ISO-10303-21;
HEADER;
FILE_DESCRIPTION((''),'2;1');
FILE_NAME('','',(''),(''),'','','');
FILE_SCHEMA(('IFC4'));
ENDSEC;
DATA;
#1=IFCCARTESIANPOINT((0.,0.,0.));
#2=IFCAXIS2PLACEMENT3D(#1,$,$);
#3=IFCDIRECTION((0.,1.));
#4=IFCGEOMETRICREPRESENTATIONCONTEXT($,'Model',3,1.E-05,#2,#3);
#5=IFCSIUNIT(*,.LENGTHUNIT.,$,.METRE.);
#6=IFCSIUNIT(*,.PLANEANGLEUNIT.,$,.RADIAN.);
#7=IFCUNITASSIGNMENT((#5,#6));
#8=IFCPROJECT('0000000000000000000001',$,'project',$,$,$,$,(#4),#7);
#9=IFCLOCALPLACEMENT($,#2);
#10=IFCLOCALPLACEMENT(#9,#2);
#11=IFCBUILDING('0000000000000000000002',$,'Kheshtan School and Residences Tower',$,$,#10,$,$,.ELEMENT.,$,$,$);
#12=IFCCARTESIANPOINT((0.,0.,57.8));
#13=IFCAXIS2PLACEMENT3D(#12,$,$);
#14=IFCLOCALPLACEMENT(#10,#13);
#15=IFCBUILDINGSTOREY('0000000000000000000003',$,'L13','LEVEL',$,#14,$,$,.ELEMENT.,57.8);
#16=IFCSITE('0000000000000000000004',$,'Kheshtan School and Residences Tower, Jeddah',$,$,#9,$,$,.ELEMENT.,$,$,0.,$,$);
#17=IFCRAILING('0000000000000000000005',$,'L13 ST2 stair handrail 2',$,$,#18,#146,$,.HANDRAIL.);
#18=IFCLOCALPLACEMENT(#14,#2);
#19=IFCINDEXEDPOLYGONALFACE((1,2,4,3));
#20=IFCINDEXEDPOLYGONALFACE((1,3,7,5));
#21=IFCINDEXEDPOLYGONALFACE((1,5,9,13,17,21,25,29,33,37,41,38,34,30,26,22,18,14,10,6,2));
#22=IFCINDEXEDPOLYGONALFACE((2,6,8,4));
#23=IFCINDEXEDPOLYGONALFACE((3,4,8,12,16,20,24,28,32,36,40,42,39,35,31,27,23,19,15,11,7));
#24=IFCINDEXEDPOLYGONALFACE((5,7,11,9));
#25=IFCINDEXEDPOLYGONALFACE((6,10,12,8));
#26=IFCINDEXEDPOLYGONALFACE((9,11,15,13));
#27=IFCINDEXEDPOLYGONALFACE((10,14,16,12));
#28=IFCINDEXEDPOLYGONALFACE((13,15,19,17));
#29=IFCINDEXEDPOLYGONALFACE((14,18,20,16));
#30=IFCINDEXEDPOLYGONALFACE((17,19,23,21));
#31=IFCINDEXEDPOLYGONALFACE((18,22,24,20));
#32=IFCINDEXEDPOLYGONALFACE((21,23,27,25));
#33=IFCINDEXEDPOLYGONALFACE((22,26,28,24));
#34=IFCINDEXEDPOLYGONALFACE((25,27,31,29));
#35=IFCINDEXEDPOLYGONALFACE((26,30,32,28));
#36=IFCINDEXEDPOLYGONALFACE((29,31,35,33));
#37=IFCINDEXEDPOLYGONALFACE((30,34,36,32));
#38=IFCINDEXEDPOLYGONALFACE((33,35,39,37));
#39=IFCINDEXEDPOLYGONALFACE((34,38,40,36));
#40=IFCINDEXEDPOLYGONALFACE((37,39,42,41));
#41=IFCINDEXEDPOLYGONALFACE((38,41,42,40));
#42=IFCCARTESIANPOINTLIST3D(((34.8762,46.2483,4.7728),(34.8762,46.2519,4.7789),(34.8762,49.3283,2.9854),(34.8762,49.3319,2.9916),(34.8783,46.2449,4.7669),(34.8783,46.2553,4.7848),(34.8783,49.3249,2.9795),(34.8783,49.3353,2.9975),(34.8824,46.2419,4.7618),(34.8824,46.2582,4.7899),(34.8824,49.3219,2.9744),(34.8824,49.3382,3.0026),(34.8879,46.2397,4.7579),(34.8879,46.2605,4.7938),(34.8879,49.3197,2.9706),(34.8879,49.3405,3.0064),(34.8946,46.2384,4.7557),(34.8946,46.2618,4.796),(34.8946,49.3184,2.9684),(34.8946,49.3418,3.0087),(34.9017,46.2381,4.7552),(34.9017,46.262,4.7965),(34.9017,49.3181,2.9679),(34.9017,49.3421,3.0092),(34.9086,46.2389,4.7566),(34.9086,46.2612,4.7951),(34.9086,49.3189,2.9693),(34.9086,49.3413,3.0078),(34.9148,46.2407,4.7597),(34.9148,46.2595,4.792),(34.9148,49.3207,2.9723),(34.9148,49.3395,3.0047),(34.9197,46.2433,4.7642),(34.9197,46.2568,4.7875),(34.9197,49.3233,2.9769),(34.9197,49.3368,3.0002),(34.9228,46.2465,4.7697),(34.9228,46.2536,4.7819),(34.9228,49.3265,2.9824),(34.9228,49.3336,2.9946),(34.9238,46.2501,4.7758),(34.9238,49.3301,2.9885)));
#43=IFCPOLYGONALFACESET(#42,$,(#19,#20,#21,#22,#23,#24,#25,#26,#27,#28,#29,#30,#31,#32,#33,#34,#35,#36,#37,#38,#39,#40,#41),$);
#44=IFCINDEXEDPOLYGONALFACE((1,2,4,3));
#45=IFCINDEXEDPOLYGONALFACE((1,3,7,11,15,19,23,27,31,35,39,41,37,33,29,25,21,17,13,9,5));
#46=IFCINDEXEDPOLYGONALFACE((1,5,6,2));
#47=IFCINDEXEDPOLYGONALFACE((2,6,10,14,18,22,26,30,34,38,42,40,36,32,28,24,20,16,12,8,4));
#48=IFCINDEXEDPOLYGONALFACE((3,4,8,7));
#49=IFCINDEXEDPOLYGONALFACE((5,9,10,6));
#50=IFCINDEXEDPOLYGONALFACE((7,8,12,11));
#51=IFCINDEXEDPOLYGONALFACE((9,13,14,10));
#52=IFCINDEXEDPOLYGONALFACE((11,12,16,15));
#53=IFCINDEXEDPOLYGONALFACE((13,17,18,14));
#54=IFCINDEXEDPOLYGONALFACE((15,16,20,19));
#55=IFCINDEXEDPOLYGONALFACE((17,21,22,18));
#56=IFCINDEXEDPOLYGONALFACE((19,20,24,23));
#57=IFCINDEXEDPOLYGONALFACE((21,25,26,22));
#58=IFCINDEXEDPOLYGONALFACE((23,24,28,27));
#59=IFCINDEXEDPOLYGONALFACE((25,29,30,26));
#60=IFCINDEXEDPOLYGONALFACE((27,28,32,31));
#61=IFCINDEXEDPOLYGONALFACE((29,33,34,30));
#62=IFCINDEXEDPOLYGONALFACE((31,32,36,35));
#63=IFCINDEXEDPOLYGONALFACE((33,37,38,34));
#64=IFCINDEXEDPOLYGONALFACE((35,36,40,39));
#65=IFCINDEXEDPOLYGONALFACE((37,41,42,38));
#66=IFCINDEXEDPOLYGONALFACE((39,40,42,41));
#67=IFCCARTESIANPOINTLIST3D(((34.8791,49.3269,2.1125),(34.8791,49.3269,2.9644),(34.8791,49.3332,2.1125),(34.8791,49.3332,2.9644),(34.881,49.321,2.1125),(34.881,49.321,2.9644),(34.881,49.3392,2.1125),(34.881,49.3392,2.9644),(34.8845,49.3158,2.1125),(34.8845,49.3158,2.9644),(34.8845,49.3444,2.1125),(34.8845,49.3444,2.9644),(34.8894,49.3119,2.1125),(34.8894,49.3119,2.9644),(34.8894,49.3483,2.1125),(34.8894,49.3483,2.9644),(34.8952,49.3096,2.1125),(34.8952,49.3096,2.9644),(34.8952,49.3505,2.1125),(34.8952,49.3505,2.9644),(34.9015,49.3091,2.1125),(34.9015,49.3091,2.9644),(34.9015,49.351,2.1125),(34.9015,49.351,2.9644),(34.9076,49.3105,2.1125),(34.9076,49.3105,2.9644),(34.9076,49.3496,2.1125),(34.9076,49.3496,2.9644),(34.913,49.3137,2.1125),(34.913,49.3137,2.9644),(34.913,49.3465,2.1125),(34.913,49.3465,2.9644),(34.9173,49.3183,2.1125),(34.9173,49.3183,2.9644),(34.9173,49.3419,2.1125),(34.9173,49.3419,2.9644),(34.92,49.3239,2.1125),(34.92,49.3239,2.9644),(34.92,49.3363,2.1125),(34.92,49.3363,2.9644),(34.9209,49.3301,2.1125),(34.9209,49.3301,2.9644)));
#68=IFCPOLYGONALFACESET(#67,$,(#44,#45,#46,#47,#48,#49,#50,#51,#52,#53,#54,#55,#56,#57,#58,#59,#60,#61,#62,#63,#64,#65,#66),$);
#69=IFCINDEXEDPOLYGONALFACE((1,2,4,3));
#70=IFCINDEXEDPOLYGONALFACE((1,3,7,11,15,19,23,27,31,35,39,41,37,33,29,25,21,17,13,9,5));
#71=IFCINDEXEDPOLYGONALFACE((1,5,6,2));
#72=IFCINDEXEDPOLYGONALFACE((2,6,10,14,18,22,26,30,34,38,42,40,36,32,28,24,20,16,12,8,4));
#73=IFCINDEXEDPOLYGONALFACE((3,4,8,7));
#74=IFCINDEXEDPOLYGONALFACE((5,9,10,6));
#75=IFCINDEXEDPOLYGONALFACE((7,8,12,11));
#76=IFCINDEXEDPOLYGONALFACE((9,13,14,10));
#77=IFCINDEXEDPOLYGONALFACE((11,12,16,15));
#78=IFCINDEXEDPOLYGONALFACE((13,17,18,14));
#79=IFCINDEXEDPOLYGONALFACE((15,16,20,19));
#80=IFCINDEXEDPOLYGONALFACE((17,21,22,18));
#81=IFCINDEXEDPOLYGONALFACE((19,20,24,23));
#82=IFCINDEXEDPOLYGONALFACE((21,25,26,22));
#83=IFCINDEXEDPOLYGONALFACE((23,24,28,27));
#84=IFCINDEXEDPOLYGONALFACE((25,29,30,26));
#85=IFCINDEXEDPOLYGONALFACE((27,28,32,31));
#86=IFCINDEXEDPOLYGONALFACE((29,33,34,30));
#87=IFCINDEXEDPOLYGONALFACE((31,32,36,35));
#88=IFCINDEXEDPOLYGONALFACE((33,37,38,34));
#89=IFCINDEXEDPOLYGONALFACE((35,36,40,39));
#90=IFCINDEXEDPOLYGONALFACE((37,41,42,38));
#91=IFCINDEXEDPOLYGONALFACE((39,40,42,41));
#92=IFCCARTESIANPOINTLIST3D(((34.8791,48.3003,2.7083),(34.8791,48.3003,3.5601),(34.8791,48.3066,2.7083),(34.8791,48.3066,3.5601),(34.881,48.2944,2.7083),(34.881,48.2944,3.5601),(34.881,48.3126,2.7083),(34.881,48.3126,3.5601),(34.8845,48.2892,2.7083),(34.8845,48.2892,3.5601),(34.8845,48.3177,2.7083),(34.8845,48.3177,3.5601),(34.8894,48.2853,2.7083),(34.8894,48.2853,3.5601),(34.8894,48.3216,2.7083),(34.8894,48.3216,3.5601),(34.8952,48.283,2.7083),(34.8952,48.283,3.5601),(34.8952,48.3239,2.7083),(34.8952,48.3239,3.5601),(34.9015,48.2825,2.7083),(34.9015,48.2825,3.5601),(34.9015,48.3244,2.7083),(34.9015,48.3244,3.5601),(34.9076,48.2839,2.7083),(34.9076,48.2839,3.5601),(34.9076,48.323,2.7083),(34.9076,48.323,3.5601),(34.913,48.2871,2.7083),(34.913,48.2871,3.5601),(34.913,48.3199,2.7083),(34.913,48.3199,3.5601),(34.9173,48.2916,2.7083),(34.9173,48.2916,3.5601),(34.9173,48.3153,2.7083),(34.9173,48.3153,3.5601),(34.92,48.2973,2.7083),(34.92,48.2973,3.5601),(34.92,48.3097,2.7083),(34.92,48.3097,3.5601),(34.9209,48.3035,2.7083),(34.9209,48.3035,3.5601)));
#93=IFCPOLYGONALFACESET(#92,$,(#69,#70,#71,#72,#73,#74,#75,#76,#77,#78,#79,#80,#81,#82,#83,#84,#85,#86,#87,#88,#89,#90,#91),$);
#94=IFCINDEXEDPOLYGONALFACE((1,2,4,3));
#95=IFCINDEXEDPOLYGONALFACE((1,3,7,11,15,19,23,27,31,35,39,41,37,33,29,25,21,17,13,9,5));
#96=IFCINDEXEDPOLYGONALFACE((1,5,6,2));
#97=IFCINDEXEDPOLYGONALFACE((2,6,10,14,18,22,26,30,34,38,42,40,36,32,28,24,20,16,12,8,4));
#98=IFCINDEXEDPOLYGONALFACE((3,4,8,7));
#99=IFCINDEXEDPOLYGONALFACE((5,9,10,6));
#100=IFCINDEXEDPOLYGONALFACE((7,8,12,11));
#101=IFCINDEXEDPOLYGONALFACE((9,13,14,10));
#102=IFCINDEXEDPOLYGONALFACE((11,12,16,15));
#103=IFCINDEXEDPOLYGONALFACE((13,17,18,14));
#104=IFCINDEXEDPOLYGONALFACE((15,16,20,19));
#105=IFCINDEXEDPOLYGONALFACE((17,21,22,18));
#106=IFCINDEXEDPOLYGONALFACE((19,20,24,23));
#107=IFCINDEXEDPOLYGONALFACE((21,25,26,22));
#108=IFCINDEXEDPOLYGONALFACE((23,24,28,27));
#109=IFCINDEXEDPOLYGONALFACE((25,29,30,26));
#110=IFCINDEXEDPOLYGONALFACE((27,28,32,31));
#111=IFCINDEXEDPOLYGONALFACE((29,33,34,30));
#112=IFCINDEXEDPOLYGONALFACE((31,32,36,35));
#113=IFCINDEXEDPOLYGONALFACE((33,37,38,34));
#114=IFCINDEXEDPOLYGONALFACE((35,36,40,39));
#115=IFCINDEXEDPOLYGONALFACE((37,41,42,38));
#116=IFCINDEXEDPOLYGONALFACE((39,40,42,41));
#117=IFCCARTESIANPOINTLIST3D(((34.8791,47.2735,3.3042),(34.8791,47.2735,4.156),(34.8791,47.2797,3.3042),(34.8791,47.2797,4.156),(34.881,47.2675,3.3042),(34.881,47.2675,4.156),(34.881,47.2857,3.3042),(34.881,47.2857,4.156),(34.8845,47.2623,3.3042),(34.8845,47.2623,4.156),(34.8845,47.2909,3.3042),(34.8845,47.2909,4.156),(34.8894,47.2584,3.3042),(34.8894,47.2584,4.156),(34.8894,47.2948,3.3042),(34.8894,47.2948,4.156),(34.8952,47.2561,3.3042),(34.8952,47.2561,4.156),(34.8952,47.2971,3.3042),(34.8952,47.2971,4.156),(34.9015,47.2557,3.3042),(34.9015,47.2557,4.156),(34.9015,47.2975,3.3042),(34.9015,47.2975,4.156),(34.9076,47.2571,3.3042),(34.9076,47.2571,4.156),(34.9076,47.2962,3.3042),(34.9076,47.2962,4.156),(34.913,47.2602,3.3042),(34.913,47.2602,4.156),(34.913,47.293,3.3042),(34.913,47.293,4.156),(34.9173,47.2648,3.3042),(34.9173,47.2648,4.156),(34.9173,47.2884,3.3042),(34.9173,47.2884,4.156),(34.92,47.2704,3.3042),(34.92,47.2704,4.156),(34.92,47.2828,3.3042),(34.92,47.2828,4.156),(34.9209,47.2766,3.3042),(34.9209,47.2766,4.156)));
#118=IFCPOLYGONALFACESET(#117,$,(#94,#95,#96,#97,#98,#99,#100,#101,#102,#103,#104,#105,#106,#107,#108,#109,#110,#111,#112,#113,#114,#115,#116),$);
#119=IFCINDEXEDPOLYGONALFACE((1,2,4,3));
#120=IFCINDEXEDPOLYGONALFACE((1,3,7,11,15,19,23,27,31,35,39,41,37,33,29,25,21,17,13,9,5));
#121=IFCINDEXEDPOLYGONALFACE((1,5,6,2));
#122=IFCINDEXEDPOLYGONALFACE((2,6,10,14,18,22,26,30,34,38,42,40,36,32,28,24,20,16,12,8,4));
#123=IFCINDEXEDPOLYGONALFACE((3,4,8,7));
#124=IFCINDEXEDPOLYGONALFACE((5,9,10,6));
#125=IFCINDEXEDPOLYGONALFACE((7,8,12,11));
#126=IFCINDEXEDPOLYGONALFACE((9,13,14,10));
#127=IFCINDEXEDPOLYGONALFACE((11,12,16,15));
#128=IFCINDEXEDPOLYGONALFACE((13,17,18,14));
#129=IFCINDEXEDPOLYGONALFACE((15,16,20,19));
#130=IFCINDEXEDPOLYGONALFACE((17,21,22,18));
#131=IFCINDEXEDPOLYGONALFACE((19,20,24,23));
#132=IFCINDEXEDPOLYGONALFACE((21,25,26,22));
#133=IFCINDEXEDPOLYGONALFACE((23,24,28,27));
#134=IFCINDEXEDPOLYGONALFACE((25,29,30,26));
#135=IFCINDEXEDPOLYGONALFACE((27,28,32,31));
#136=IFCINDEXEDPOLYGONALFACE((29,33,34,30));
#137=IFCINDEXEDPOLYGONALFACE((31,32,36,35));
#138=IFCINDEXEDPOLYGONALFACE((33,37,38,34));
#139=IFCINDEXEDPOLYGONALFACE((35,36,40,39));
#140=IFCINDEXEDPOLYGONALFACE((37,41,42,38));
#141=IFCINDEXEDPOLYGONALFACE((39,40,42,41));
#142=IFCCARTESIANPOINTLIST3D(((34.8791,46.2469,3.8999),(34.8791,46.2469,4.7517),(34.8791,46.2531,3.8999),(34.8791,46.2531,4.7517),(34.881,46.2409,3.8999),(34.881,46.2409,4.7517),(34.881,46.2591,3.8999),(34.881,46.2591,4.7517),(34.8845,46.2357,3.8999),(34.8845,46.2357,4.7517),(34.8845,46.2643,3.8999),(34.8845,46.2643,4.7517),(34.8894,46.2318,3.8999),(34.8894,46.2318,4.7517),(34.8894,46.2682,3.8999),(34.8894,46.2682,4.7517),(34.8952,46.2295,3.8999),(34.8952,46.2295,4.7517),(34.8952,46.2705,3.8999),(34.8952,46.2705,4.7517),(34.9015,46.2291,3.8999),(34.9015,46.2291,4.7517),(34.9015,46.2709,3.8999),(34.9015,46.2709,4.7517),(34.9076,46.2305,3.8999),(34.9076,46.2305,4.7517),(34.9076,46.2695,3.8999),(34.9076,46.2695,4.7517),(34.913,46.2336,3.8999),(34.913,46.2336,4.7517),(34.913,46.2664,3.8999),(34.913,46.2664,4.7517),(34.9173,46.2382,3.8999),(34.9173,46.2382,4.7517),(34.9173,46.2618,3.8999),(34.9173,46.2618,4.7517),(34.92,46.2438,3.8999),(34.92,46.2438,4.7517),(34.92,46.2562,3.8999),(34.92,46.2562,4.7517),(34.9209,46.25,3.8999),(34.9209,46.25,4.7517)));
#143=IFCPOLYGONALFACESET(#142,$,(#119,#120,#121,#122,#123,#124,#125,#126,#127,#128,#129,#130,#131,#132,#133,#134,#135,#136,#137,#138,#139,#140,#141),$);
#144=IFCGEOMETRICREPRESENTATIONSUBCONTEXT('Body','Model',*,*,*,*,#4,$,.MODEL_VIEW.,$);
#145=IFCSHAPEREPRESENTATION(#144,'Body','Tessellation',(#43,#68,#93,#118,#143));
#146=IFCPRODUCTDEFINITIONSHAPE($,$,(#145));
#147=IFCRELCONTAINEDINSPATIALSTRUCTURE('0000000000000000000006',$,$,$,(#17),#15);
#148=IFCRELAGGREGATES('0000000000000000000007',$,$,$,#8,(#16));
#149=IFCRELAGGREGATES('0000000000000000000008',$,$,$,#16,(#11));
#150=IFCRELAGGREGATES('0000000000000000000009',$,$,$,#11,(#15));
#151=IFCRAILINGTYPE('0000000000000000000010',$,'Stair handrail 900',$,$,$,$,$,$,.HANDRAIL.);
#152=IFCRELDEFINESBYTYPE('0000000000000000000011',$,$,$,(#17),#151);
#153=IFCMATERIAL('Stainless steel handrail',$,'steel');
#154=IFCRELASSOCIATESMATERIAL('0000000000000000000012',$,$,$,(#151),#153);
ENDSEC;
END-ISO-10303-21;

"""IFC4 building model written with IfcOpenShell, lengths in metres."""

from ifc_helpers import new_model, si_unit, direction, frame, origin, origin_2d, place, context, subcontext, project, spatial, circle, extrude, material, type_object, element, save


model = new_model("IFC4")

# Units and contexts
model_context = context("Model", 3, precision=1e-05, world=origin(), true_north=direction((0.0, 1.0)))
body_context = subcontext(model_context, "Body", "Model", "MODEL_VIEW")
ifc_project = project(units=[si_unit("LENGTHUNIT", "METRE"), si_unit("PLANEANGLEUNIT", "RADIAN")], contexts=[model_context])

# Site, building, storey
site_placement = place(None, origin())
site = spatial("IfcSite", under=ifc_project, at=site_placement, Name="Kheshtan School and Residences Tower, Jeddah", CompositionType="ELEMENT", RefElevation=0.0)
building_placement = place(site_placement, origin())
building = spatial("IfcBuilding", under=site, at=building_placement, Name="Kheshtan School and Residences Tower", CompositionType="ELEMENT")
storey_placement = place(building_placement, frame((0.0, 0.0, 57.8)))
storey = spatial("IfcBuildingStorey", under=building, at=storey_placement, Name="L13", Description="LEVEL", CompositionType="ELEMENT", Elevation=57.8)

# Railing
ifc_material_1 = material(Name="Stainless steel handrail", Category="steel")
railing_type_1 = type_object("IfcRailingType", Name="Stair handrail 900", PredefinedType="HANDRAIL", material=ifc_material_1)
railing_1_placement = place(storey_placement, frame((34.8999, 49.3301, 2.1125)))
element("IfcRailing", 1, at=railing_1_placement, inside=storey, type_object=railing_type_1, Name="L13 ST2 stair handrail 2", PredefinedType="HANDRAIL", context=body_context, shape_type="SweptSolid", body=[
    extrude(circle(Radius=0.0239, at=origin_2d()), frame((0.0, 0.0, 0.876), z_axis=(0.0, -0.86492, 0.501909), x_axis=(1.0, 0.0, 0.0)), (0.0, 0.0, 1.0), 3.561),
    extrude(circle(Radius=0.021, at=origin_2d()), origin(), (0.0, 0.0, 1.0), 0.8518),
    extrude(circle(Radius=0.021, at=origin_2d()), frame((0.0, -1.0266, 0.5957)), (0.0, 0.0, 1.0), 0.8518),
    extrude(circle(Radius=0.021, at=origin_2d()), frame((0.0, -2.0535, 1.1917)), (0.0, 0.0, 1.0), 0.8518),
    extrude(circle(Radius=0.021, at=origin_2d()), frame((0.0, -3.0801, 1.7874)), (0.0, 0.0, 1.0), 0.8518),
])

save(model, "model.ifc")
